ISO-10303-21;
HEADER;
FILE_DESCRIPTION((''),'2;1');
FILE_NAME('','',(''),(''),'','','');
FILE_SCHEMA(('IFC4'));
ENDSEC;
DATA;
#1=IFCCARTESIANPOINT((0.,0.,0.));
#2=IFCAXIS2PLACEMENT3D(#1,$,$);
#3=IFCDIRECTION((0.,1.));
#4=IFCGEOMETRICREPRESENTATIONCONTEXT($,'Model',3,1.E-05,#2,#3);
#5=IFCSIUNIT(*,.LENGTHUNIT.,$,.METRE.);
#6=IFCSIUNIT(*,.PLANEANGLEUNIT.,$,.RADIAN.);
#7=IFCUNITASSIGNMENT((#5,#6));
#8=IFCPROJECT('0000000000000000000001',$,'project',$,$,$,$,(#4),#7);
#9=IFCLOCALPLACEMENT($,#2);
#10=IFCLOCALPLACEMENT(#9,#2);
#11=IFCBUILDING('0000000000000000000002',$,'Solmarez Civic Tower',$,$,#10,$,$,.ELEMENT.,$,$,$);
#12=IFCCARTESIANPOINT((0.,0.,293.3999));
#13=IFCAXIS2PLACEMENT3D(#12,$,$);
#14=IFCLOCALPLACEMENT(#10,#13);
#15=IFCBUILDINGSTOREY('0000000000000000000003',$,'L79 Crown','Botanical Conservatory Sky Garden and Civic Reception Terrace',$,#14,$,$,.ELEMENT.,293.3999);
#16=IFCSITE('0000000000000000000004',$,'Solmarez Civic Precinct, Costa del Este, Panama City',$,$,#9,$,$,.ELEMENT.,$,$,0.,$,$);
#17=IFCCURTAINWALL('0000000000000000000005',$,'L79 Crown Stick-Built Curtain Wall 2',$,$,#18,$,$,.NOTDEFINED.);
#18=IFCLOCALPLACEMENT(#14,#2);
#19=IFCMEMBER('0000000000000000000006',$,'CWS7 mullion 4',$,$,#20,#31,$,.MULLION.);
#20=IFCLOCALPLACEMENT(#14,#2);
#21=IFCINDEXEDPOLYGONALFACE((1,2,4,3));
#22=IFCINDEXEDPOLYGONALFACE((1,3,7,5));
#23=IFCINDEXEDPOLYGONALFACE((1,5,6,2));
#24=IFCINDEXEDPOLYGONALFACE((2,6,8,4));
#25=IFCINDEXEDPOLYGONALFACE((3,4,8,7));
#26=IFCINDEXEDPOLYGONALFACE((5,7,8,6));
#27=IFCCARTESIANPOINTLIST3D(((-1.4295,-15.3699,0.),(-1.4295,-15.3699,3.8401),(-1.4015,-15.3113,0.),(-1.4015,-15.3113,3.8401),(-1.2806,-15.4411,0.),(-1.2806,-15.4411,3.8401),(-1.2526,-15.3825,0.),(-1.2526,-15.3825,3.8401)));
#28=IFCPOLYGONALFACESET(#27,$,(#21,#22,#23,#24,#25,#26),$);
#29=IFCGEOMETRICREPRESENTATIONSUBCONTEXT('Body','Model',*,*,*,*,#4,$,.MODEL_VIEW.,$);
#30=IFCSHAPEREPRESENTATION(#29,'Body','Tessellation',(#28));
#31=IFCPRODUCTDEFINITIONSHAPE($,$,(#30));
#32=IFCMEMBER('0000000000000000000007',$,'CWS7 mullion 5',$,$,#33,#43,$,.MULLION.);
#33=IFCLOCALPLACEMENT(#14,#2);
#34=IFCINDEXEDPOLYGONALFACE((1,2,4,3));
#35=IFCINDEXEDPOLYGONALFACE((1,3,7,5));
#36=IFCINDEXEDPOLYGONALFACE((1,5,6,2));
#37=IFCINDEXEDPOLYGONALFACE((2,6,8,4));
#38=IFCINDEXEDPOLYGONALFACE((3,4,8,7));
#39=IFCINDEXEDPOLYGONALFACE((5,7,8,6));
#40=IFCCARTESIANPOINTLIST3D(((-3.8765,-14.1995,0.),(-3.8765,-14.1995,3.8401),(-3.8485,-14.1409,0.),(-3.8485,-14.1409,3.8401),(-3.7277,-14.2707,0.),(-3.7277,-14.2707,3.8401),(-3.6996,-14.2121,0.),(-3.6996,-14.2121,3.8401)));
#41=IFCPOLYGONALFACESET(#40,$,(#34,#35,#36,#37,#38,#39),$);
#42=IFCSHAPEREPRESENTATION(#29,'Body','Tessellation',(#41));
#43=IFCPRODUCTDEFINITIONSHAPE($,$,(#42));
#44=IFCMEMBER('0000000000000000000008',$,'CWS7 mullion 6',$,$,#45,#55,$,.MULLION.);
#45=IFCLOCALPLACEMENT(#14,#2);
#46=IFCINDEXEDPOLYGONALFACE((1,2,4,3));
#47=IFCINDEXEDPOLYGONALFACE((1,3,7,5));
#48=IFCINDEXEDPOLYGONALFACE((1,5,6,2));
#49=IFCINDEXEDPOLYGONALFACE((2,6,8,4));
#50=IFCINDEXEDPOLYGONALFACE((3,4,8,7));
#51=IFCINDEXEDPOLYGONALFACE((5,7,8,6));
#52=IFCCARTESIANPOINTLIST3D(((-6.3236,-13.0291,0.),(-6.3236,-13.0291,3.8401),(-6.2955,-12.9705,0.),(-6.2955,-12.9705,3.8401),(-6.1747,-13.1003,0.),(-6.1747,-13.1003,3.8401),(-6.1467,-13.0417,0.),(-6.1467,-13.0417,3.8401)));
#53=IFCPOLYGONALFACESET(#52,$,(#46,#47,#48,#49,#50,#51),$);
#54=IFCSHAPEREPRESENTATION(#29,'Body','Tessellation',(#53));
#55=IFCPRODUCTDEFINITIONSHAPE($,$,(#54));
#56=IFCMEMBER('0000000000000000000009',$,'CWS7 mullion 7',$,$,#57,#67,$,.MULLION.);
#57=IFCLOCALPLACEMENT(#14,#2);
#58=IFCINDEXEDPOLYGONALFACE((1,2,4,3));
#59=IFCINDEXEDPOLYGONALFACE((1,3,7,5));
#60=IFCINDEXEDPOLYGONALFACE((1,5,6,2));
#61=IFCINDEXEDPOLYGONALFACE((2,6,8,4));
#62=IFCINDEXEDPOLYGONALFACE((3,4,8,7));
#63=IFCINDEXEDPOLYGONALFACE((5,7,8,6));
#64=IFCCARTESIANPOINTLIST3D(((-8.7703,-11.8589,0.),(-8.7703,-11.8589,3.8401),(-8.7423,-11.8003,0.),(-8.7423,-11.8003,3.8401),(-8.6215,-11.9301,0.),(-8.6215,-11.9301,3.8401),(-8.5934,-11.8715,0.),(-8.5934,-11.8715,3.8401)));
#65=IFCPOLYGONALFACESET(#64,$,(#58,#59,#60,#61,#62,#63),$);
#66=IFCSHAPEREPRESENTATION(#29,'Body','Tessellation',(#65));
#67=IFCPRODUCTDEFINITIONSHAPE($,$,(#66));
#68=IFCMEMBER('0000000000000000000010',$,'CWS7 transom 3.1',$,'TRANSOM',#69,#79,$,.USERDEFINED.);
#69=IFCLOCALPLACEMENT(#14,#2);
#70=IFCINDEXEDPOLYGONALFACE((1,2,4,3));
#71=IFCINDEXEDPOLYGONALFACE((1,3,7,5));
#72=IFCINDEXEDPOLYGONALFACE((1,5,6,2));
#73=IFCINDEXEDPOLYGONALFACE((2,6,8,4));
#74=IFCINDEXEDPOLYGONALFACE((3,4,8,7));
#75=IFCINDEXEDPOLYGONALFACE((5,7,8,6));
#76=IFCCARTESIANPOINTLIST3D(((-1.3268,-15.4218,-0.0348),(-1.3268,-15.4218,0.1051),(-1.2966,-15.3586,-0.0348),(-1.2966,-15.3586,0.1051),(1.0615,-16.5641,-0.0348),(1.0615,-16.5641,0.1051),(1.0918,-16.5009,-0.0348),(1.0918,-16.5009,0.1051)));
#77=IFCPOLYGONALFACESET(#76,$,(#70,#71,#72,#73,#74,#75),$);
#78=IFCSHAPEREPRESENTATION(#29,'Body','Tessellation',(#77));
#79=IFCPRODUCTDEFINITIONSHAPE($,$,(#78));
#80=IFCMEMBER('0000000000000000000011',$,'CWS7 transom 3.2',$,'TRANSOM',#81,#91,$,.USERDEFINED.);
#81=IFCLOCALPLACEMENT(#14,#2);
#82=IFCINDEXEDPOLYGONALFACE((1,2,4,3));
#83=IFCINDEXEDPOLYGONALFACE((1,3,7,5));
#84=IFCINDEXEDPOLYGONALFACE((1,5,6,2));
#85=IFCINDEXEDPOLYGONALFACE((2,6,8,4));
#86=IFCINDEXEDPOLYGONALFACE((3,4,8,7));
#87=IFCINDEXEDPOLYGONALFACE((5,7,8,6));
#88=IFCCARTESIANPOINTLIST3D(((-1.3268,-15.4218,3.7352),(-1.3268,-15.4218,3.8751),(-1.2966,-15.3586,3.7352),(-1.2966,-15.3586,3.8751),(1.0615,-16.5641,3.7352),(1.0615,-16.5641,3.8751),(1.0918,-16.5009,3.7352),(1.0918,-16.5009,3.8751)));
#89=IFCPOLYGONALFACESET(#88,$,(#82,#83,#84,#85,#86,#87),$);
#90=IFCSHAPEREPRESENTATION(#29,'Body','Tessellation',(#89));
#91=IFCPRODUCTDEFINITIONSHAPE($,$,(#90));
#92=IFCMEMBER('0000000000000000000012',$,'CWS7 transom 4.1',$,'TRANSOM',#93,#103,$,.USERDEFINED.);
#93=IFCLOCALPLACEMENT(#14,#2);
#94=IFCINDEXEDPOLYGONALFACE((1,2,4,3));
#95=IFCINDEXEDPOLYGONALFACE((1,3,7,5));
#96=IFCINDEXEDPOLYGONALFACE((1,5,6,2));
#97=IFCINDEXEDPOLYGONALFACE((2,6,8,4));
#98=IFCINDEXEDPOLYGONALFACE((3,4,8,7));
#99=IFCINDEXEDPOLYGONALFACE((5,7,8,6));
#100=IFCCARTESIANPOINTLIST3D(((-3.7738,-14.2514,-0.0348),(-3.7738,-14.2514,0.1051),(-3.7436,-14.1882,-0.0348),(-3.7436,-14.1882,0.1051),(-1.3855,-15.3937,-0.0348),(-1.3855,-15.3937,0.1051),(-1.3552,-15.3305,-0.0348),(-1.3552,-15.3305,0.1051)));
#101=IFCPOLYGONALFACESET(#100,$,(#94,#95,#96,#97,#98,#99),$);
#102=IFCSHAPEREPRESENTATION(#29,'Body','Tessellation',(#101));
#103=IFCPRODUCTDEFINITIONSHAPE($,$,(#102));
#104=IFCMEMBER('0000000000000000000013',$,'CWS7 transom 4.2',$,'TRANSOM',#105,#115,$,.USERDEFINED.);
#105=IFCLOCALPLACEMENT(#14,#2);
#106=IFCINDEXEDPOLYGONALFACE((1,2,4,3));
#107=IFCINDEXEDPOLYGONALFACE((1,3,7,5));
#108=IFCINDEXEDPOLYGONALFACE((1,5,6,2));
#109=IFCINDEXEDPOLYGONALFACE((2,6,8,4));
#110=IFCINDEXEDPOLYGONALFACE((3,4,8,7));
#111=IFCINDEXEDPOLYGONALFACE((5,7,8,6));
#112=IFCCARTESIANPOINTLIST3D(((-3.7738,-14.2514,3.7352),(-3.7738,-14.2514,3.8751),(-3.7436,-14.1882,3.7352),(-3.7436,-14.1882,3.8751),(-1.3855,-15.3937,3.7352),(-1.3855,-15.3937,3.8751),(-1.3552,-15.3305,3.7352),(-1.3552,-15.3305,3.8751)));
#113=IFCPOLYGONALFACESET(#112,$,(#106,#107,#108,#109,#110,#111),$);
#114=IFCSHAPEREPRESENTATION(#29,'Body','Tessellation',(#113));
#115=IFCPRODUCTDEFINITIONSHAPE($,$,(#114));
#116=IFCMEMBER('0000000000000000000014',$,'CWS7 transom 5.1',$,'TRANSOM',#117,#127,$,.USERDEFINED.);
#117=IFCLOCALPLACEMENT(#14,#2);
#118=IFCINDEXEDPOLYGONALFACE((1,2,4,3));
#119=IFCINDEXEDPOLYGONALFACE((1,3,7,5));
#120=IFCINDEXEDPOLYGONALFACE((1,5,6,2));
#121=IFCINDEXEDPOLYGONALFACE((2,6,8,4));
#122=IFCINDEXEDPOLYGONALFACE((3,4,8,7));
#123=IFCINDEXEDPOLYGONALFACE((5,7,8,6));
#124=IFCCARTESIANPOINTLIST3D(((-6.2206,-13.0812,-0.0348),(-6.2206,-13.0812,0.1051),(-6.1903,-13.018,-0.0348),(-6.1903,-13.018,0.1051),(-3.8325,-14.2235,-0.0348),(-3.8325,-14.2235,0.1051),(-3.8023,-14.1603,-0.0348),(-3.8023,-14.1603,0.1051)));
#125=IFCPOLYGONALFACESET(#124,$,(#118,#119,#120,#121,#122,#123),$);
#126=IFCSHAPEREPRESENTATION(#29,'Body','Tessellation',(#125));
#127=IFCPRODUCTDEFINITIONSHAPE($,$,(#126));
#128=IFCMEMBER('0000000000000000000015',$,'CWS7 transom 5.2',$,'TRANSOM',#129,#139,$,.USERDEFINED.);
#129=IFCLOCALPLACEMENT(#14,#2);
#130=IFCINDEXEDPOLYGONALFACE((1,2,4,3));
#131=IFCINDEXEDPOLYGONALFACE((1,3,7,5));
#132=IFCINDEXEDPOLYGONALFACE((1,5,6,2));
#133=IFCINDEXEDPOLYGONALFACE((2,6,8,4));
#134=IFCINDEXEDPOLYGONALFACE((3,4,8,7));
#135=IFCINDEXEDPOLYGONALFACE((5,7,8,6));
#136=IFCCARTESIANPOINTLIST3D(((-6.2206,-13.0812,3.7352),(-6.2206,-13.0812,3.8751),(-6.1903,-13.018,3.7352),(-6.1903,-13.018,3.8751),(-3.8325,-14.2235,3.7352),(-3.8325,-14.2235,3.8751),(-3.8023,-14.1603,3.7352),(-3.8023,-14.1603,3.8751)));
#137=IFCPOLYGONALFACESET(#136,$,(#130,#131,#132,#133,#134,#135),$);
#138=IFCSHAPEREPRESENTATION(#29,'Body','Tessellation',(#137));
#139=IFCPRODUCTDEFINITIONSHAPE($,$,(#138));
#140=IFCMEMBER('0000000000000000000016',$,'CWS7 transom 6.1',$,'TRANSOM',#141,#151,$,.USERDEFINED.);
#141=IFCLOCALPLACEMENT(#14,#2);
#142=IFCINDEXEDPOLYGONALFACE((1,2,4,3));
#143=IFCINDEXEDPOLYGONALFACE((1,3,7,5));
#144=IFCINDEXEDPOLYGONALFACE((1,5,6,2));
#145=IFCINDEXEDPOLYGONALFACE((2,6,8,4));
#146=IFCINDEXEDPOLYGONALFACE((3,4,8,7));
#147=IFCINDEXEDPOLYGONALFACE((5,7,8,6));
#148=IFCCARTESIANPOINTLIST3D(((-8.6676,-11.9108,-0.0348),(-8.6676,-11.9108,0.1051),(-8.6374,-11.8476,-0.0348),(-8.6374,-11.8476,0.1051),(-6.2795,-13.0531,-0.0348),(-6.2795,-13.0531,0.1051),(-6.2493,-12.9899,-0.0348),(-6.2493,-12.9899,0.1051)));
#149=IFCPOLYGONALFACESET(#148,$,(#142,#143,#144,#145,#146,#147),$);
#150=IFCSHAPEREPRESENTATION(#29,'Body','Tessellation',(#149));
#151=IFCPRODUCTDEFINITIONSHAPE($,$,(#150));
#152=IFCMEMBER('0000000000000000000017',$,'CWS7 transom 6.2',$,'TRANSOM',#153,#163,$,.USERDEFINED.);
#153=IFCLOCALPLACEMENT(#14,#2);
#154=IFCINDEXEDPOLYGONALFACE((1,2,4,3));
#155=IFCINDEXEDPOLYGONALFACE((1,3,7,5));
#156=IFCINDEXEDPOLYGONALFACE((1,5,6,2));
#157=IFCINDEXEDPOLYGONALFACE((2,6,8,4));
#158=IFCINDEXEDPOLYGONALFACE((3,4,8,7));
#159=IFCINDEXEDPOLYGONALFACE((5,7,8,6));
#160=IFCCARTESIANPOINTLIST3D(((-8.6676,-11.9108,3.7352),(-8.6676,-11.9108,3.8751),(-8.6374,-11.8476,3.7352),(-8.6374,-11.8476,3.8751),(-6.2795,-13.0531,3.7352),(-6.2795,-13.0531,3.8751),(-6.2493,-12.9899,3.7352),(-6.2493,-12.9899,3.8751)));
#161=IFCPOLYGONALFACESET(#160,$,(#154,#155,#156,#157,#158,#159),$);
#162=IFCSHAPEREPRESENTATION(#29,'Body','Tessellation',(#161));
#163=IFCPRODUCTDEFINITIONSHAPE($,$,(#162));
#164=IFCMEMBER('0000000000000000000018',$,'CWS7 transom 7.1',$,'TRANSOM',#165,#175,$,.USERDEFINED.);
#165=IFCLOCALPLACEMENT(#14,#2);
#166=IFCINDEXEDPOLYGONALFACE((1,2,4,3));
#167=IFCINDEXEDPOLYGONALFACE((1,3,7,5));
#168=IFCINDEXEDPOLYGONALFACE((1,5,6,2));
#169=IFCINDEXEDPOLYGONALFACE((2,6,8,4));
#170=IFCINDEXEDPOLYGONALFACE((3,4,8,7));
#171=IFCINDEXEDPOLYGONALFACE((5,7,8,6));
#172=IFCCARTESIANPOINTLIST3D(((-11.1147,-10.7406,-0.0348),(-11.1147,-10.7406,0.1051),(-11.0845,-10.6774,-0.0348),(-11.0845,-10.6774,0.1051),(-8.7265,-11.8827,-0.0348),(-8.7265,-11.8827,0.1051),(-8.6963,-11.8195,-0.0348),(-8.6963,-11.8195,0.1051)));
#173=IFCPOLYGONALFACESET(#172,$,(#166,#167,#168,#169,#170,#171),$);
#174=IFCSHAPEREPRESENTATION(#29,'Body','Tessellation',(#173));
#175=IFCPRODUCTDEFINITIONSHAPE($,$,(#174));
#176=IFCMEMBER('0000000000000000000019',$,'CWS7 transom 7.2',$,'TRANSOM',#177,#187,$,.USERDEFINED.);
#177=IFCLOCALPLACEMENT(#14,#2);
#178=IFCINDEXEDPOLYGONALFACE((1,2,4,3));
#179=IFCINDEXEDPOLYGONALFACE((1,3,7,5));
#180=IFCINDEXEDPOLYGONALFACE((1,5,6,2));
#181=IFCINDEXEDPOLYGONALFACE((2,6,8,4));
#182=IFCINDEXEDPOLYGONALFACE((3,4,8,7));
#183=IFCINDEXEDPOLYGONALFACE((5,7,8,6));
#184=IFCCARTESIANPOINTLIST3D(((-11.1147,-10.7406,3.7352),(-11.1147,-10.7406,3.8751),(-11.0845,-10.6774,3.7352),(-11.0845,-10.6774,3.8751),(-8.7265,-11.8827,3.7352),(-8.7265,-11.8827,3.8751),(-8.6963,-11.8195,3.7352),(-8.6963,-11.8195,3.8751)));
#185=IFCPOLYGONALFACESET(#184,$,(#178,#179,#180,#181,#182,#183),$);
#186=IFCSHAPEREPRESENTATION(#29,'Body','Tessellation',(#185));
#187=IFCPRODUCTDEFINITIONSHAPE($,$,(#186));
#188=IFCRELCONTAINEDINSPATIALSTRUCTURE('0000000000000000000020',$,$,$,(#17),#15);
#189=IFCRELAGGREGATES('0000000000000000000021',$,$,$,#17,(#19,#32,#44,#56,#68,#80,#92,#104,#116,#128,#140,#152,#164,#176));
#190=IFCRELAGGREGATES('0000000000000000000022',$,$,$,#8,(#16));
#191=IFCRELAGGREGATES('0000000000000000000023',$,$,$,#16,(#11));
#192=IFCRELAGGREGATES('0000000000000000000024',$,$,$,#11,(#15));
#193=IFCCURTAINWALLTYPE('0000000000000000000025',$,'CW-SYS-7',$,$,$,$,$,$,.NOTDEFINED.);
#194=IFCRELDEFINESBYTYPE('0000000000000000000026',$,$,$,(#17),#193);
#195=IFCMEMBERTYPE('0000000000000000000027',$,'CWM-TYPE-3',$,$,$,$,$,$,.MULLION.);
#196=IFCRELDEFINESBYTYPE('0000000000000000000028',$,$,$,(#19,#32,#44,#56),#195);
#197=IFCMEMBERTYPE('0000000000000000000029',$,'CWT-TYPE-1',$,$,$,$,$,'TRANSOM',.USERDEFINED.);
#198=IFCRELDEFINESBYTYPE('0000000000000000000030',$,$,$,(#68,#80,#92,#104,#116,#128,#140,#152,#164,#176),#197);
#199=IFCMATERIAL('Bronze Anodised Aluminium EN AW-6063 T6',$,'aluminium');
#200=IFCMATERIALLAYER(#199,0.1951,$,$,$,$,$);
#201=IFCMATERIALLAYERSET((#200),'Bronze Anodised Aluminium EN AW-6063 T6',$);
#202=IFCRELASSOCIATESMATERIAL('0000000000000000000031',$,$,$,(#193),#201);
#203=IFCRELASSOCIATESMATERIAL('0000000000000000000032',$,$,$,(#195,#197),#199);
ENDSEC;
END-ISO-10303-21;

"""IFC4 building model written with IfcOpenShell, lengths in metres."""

from ifc_helpers import new_model, si_unit, direction, frame, origin, origin_2d, place, context, subcontext, project, spatial, rectangle, extrude, material, layer, layer_set, material_profile, profile_set, type_object, element, aggregate, save


model = new_model("IFC4")

# Units and contexts
model_context = context("Model", 3, precision=1e-05, world=origin(), true_north=direction((0.0, 1.0)))
body_context = subcontext(model_context, "Body", "Model", "MODEL_VIEW")
ifc_project = project(units=[si_unit("LENGTHUNIT", "METRE"), si_unit("PLANEANGLEUNIT", "RADIAN")], contexts=[model_context])

# Site, building, storey
site_placement = place(None, origin())
site = spatial("IfcSite", under=ifc_project, at=site_placement, Name="Solmarez Civic Precinct, Costa del Este, Panama City", CompositionType="ELEMENT", RefElevation=0.0)
building_placement = place(site_placement, origin())
building = spatial("IfcBuilding", under=site, at=building_placement, Name="Solmarez Civic Tower", CompositionType="ELEMENT")
storey_placement = place(building_placement, frame((0.0, 0.0, 293.3999)))
storey = spatial("IfcBuildingStorey", under=building, at=storey_placement, Name="L79 Crown", Description="Botanical Conservatory Sky Garden and Civic Reception Terrace", CompositionType="ELEMENT", Elevation=293.3999)

# Curtain wall, members
ifc_material_1 = material(Name="Bronze Anodised Aluminium EN AW-6063 T6", Category="aluminium")
ifc_layer_1 = layer(ifc_material_1, 0.1951)
ifc_layer_set_1 = layer_set([ifc_layer_1], Name="Bronze Anodised Aluminium EN AW-6063 T6")
curtain_wall_type = type_object("IfcCurtainWallType", Name="CW-SYS-7", PredefinedType="NOTDEFINED", material=ifc_layer_set_1)
curtain_wall_placement = place(storey_placement, origin())
curtain_wall = element("IfcCurtainWall", 1, at=curtain_wall_placement, inside=storey, type_object=curtain_wall_type, Name="L79 Crown Stick-Built Curtain Wall 2", PredefinedType="NOTDEFINED")
ifc_material_profile_1 = material_profile(ifc_material_1, rectangle(XDim=0.0649, YDim=0.165, at=origin_2d()), Name="CWM-65X165")
ifc_profile_set_1 = profile_set([ifc_material_profile_1], Name="Bronze Anodised Aluminium EN AW-6063 T6")
member_type_1 = type_object("IfcMemberType", Name="CWM-TYPE-3", PredefinedType="MULLION", material=ifc_profile_set_1)
member_1_placement = place(storey_placement, frame((-1.3411, -15.3762, 0.0), z_axis=(0.0, 0.0, 1.0), x_axis=(-0.431454, -0.902135, 0.0)))
member_1 = element("IfcMember", 2, at=member_1_placement, type_object=member_type_1, Name="CWS7 mullion 4", PredefinedType="MULLION", context=body_context, shape_type="SweptSolid", body=[
    extrude(rectangle(XDim=0.0649, YDim=0.165, at=origin_2d()), origin(), (0.0, 0.0, 1.0), 3.8401),
])
member_2_placement = place(storey_placement, frame((-3.7881, -14.2058, 0.0), z_axis=(0.0, 0.0, 1.0), x_axis=(-0.431454, -0.902135, 0.0)))
member_2 = element("IfcMember", 3, at=member_2_placement, type_object=member_type_1, Name="CWS7 mullion 5", PredefinedType="MULLION", context=body_context, shape_type="SweptSolid", body=[
    extrude(rectangle(XDim=0.0649, YDim=0.165, at=origin_2d()), origin(), (0.0, 0.0, 1.0), 3.8401),
])
member_3_placement = place(storey_placement, frame((-6.2351, -13.0354, 0.0), z_axis=(0.0, 0.0, 1.0), x_axis=(-0.431454, -0.902135, 0.0)))
member_3 = element("IfcMember", 4, at=member_3_placement, type_object=member_type_1, Name="CWS7 mullion 6", PredefinedType="MULLION", context=body_context, shape_type="SweptSolid", body=[
    extrude(rectangle(XDim=0.0649, YDim=0.165, at=origin_2d()), origin(), (0.0, 0.0, 1.0), 3.8401),
])
member_4_placement = place(storey_placement, frame((-8.6819, -11.8652, 0.0), z_axis=(0.0, 0.0, 1.0), x_axis=(-0.431454, -0.902135, 0.0)))
member_4 = element("IfcMember", 5, at=member_4_placement, type_object=member_type_1, Name="CWS7 mullion 7", PredefinedType="MULLION", context=body_context, shape_type="SweptSolid", body=[
    extrude(rectangle(XDim=0.0649, YDim=0.165, at=origin_2d()), origin(), (0.0, 0.0, 1.0), 3.8401),
])
ifc_material_profile_2 = material_profile(ifc_material_1, rectangle(XDim=0.0701, YDim=0.1399, at=origin_2d()), Name="CWT-70X140")
ifc_profile_set_2 = profile_set([ifc_material_profile_2], Name="Bronze Anodised Aluminium EN AW-6063 T6")
member_type_2 = type_object("IfcMemberType", Name="CWT-TYPE-1", ElementType="TRANSOM", PredefinedType="USERDEFINED", material=ifc_profile_set_2)
member_5_placement = place(storey_placement, frame((1.0767, -16.5325, 0.0352), z_axis=(-0.902128, 0.431469, 0.0), x_axis=(-0.431469, -0.902128, 0.0)))
member_5 = element("IfcMember", 6, at=member_5_placement, type_object=member_type_2, Name="CWS7 transom 3.1", ObjectType="TRANSOM", PredefinedType="USERDEFINED", context=body_context, shape_type="SweptSolid", body=[
    extrude(rectangle(XDim=0.0701, YDim=0.1399, at=origin_2d()), origin(), (0.0, 0.0, 1.0), 2.6475),
])
member_6_placement = place(storey_placement, frame((1.0767, -16.5325, 3.8052), z_axis=(-0.902128, 0.431469, 0.0), x_axis=(-0.431469, -0.902128, 0.0)))
member_6 = element("IfcMember", 7, at=member_6_placement, type_object=member_type_2, Name="CWS7 transom 3.2", ObjectType="TRANSOM", PredefinedType="USERDEFINED", context=body_context, shape_type="SweptSolid", body=[
    extrude(rectangle(XDim=0.0701, YDim=0.1399, at=origin_2d()), origin(), (0.0, 0.0, 1.0), 2.6475),
])
member_7_placement = place(storey_placement, frame((-1.3704, -15.3621, 0.0352), z_axis=(-0.902128, 0.431469, 0.0), x_axis=(-0.431469, -0.902128, 0.0)))
member_7 = element("IfcMember", 8, at=member_7_placement, type_object=member_type_2, Name="CWS7 transom 4.1", ObjectType="TRANSOM", PredefinedType="USERDEFINED", context=body_context, shape_type="SweptSolid", body=[
    extrude(rectangle(XDim=0.0701, YDim=0.1399, at=origin_2d()), origin(), (0.0, 0.0, 1.0), 2.6475),
])
member_8_placement = place(storey_placement, frame((-1.3704, -15.3621, 3.8052), z_axis=(-0.902128, 0.431469, 0.0), x_axis=(-0.431469, -0.902128, 0.0)))
member_8 = element("IfcMember", 9, at=member_8_placement, type_object=member_type_2, Name="CWS7 transom 4.2", ObjectType="TRANSOM", PredefinedType="USERDEFINED", context=body_context, shape_type="SweptSolid", body=[
    extrude(rectangle(XDim=0.0701, YDim=0.1399, at=origin_2d()), origin(), (0.0, 0.0, 1.0), 2.6475),
])
member_9_placement = place(storey_placement, frame((-3.8174, -14.1919, 0.0352), z_axis=(-0.902111, 0.431504, 0.0), x_axis=(-0.431504, -0.902111, 0.0)))
member_9 = element("IfcMember", 10, at=member_9_placement, type_object=member_type_2, Name="CWS7 transom 5.1", ObjectType="TRANSOM", PredefinedType="USERDEFINED", context=body_context, shape_type="SweptSolid", body=[
    extrude(rectangle(XDim=0.0701, YDim=0.1399, at=origin_2d()), origin(), (0.0, 0.0, 1.0), 2.6472),
])
member_10_placement = place(storey_placement, frame((-3.8174, -14.1919, 3.8052), z_axis=(-0.902111, 0.431504, 0.0), x_axis=(-0.431504, -0.902111, 0.0)))
member_10 = element("IfcMember", 11, at=member_10_placement, type_object=member_type_2, Name="CWS7 transom 5.2", ObjectType="TRANSOM", PredefinedType="USERDEFINED", context=body_context, shape_type="SweptSolid", body=[
    extrude(rectangle(XDim=0.0701, YDim=0.1399, at=origin_2d()), origin(), (0.0, 0.0, 1.0), 2.6472),
])
member_11_placement = place(storey_placement, frame((-6.2644, -13.0215, 0.0352), z_axis=(-0.902111, 0.431504, 0.0), x_axis=(-0.431504, -0.902111, 0.0)))
member_11 = element("IfcMember", 12, at=member_11_placement, type_object=member_type_2, Name="CWS7 transom 6.1", ObjectType="TRANSOM", PredefinedType="USERDEFINED", context=body_context, shape_type="SweptSolid", body=[
    extrude(rectangle(XDim=0.0701, YDim=0.1399, at=origin_2d()), origin(), (0.0, 0.0, 1.0), 2.6472),
])
member_12_placement = place(storey_placement, frame((-6.2644, -13.0215, 3.8052), z_axis=(-0.902111, 0.431504, 0.0), x_axis=(-0.431504, -0.902111, 0.0)))
member_12 = element("IfcMember", 13, at=member_12_placement, type_object=member_type_2, Name="CWS7 transom 6.2", ObjectType="TRANSOM", PredefinedType="USERDEFINED", context=body_context, shape_type="SweptSolid", body=[
    extrude(rectangle(XDim=0.0701, YDim=0.1399, at=origin_2d()), origin(), (0.0, 0.0, 1.0), 2.6472),
])
member_13_placement = place(storey_placement, frame((-8.7114, -11.8511, 0.0352), z_axis=(-0.902147, 0.431429, 0.0), x_axis=(-0.431429, -0.902147, 0.0)))
member_13 = element("IfcMember", 14, at=member_13_placement, type_object=member_type_2, Name="CWS7 transom 7.1", ObjectType="TRANSOM", PredefinedType="USERDEFINED", context=body_context, shape_type="SweptSolid", body=[
    extrude(rectangle(XDim=0.0701, YDim=0.1399, at=origin_2d()), origin(), (0.0, 0.0, 1.0), 2.6472),
])
member_14_placement = place(storey_placement, frame((-8.7114, -11.8511, 3.8052), z_axis=(-0.902147, 0.431429, 0.0), x_axis=(-0.431429, -0.902147, 0.0)))
member_14 = element("IfcMember", 15, at=member_14_placement, type_object=member_type_2, Name="CWS7 transom 7.2", ObjectType="TRANSOM", PredefinedType="USERDEFINED", context=body_context, shape_type="SweptSolid", body=[
    extrude(rectangle(XDim=0.0701, YDim=0.1399, at=origin_2d()), origin(), (0.0, 0.0, 1.0), 2.6472),
])
aggregate(curtain_wall, [member_1, member_2, member_3, member_4, member_5, member_6, member_7, member_8, member_9, member_10, member_11, member_12, member_13, member_14])

save(model, "model.ifc")
